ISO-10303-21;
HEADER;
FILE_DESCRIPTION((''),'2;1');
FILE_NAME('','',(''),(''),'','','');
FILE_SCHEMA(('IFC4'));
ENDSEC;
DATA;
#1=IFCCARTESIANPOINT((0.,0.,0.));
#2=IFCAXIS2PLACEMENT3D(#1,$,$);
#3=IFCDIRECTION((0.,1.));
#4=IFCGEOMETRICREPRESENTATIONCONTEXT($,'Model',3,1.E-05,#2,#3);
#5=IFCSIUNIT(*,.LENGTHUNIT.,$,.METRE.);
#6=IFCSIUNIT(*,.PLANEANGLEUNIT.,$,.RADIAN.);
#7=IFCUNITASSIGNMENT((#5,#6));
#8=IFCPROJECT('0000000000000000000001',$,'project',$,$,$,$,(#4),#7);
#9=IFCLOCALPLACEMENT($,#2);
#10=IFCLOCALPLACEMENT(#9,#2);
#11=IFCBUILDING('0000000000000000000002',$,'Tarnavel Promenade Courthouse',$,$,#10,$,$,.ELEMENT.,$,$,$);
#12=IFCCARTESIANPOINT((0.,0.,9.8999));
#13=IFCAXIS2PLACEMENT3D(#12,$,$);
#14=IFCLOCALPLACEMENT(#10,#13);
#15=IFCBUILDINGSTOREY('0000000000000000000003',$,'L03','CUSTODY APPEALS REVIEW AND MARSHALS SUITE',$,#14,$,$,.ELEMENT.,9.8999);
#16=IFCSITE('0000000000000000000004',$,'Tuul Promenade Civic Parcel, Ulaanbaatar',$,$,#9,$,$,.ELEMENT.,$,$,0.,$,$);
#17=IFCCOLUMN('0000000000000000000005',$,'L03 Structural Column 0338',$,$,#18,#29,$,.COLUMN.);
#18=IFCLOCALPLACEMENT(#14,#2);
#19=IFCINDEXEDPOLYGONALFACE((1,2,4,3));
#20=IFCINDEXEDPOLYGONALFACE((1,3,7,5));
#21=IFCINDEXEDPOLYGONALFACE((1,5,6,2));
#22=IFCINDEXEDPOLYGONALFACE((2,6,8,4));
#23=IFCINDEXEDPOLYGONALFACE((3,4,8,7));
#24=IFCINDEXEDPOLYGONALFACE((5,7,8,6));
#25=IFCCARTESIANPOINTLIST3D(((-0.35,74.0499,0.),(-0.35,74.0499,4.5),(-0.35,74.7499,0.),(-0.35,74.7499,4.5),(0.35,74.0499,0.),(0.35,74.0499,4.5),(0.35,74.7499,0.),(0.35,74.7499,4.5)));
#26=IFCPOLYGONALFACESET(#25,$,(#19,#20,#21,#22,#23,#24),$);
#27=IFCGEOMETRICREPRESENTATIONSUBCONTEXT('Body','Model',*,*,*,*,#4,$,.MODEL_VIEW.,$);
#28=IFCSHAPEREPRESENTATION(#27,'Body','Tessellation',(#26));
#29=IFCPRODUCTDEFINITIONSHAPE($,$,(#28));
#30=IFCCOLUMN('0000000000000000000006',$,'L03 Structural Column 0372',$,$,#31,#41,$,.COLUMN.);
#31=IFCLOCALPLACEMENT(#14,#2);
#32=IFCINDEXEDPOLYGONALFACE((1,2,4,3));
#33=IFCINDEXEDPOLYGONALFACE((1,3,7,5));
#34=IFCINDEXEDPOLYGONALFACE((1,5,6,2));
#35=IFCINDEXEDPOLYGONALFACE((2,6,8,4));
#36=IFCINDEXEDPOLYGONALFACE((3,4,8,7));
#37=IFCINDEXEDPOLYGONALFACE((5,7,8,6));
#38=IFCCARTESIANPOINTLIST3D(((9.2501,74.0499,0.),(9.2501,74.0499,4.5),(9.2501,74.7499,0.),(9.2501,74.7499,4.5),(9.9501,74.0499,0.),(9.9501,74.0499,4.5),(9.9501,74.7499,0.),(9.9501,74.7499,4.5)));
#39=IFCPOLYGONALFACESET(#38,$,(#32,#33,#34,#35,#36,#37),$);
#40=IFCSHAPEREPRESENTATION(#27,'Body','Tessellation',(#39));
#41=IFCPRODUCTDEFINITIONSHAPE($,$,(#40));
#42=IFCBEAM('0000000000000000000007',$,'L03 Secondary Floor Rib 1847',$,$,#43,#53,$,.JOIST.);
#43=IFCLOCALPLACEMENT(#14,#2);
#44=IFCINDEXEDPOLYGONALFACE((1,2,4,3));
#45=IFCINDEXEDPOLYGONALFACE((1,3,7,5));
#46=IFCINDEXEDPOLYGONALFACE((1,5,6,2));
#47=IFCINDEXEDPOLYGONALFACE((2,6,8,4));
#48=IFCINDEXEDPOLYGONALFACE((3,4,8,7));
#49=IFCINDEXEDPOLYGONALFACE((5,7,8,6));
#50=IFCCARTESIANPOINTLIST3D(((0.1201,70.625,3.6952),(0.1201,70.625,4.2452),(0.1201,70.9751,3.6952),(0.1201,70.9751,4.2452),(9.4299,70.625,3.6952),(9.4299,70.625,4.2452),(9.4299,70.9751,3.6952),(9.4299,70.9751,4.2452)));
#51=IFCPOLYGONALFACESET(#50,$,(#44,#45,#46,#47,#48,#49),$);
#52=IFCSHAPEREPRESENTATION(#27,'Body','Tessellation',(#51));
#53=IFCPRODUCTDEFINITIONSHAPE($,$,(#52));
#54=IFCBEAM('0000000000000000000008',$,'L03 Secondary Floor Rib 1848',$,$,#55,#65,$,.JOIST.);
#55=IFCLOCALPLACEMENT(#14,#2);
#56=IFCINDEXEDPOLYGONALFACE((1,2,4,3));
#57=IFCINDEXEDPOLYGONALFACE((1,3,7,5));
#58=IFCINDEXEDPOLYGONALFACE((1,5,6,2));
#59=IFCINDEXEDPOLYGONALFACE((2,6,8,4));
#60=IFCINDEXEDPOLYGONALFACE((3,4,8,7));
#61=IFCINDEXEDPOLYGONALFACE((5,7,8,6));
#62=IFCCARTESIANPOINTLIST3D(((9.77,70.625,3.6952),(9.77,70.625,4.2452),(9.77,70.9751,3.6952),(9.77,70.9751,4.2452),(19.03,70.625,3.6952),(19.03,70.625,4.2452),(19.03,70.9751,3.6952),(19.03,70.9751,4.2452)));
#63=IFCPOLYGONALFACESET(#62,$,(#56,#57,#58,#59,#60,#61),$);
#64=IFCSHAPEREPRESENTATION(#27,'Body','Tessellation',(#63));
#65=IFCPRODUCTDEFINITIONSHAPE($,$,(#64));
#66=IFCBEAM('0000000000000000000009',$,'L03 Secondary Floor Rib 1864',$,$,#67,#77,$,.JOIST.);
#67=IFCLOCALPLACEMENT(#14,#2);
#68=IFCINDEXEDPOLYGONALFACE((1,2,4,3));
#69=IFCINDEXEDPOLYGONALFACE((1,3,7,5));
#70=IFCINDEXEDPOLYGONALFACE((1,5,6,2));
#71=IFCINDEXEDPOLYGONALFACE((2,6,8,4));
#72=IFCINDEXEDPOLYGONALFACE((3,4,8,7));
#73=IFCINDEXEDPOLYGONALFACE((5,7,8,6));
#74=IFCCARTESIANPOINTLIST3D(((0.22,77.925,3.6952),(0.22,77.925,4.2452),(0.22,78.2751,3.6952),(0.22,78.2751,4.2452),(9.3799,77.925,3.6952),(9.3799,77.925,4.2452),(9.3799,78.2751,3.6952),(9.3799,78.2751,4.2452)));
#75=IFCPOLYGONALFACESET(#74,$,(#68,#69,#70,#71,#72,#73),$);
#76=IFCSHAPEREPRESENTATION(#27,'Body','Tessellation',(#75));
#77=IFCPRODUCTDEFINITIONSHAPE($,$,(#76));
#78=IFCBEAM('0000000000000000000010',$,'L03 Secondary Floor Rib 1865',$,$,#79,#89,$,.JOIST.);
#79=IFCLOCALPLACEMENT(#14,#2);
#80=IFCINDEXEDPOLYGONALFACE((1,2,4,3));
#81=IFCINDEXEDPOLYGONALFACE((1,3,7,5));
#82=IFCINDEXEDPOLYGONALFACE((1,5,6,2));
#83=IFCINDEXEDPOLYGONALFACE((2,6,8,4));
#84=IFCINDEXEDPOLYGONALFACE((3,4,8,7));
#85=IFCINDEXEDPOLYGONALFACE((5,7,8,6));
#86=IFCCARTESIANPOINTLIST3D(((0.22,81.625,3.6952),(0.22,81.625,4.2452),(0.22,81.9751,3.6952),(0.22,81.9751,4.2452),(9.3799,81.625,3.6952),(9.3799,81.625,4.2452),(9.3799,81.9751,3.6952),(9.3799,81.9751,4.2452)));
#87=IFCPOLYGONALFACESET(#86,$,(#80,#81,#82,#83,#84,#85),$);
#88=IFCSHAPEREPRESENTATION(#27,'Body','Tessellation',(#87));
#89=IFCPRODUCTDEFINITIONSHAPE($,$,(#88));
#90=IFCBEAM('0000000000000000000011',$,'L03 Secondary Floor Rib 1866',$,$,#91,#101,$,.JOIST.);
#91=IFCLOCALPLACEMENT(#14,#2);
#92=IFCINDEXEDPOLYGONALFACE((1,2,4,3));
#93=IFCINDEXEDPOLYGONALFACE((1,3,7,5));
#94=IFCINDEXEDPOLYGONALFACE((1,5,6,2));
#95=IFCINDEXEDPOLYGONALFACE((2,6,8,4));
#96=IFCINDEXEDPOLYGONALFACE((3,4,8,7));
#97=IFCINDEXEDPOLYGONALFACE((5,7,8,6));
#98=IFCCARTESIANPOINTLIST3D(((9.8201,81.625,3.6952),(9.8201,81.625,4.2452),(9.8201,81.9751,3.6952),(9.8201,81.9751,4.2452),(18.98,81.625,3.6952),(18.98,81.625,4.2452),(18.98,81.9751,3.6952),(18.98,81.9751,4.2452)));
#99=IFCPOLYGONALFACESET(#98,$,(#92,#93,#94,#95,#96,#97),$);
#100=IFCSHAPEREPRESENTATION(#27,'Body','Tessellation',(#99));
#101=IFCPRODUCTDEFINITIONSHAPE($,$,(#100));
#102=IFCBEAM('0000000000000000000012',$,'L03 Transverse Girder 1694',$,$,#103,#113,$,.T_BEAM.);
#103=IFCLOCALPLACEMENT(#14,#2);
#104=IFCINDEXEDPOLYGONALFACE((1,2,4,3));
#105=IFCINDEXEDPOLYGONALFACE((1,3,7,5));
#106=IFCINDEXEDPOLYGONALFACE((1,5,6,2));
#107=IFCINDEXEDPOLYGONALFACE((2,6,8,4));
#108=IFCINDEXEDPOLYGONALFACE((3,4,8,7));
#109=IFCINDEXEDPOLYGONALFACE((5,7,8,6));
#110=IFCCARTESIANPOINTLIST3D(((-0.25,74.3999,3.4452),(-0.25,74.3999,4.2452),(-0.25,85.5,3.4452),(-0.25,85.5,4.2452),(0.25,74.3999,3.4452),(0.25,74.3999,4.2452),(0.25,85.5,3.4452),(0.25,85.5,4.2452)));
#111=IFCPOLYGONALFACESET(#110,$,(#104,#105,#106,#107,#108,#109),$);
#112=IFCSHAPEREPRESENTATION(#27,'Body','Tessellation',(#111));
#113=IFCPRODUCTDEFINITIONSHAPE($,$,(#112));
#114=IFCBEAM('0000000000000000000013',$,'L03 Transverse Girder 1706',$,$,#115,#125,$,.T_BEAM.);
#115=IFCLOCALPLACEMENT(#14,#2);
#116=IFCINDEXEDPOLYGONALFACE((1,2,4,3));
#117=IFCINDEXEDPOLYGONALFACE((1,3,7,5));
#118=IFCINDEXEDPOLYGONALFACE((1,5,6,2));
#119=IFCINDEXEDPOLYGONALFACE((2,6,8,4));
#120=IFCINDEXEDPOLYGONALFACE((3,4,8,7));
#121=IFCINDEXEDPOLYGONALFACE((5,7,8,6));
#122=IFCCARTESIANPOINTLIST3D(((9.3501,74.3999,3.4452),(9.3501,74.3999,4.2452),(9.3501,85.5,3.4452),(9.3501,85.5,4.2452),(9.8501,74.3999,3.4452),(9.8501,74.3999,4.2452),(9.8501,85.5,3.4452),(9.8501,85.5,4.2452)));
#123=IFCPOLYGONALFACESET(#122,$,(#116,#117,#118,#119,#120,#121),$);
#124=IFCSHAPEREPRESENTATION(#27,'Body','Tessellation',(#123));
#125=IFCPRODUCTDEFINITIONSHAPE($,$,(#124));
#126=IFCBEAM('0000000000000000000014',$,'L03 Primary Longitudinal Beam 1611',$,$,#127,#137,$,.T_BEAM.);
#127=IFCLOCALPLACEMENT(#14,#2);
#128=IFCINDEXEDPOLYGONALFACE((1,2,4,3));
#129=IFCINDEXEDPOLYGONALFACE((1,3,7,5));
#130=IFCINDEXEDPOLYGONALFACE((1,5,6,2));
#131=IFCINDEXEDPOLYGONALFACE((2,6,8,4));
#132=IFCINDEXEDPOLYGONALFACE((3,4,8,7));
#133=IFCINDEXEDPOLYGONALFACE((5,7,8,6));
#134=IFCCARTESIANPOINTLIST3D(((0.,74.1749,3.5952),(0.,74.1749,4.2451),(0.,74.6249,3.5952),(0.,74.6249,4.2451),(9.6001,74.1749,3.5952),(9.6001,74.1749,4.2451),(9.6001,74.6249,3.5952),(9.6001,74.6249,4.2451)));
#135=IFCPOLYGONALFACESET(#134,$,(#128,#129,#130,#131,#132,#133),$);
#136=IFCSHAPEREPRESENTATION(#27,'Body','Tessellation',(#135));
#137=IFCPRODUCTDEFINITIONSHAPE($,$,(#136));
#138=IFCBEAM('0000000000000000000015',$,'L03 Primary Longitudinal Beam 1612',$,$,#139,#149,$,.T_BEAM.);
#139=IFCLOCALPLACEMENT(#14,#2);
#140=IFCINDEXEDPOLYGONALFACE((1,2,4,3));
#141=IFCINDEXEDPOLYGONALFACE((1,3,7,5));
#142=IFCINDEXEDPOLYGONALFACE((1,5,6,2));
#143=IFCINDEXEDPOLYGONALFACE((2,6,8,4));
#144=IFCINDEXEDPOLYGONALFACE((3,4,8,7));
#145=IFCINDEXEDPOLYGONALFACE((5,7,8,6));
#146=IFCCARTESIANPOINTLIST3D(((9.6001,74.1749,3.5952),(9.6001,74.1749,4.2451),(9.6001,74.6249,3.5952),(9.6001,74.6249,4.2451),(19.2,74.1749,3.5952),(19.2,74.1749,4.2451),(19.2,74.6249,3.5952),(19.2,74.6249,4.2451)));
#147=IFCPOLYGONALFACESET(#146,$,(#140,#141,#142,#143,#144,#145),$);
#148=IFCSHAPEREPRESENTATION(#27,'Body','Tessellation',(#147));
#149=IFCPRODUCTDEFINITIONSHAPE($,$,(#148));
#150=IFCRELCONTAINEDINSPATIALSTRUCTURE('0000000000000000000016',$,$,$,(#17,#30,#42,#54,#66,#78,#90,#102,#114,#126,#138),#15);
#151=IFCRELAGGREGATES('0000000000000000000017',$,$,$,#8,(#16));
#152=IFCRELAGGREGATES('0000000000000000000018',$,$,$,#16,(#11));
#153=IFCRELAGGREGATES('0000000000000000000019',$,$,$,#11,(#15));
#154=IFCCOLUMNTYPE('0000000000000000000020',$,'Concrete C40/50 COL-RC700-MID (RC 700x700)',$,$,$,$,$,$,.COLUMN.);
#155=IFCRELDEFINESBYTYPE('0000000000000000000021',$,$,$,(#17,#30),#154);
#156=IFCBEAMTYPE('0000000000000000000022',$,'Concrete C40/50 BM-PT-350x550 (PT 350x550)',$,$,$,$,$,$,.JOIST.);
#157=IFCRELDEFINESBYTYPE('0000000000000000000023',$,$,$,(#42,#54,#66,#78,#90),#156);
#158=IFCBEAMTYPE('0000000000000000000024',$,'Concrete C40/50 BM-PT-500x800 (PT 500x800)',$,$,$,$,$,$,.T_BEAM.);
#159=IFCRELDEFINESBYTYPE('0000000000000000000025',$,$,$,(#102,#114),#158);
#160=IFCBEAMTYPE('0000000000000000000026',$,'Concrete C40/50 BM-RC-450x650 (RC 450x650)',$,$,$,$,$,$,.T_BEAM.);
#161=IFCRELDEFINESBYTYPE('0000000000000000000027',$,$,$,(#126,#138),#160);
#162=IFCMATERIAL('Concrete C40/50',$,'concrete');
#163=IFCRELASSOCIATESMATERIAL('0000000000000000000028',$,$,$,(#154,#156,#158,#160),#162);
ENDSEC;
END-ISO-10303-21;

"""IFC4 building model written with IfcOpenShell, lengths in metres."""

from ifc_helpers import new_model, si_unit, direction, frame, origin, origin_2d, place, context, subcontext, project, spatial, rectangle, extrude, material, material_profile, profile_set, type_object, element, save


model = new_model("IFC4")

# Units and contexts
model_context = context("Model", 3, precision=1e-05, world=origin(), true_north=direction((0.0, 1.0)))
body_context = subcontext(model_context, "Body", "Model", "MODEL_VIEW")
ifc_project = project(units=[si_unit("LENGTHUNIT", "METRE"), si_unit("PLANEANGLEUNIT", "RADIAN")], contexts=[model_context])

# Site, building, storey
site_placement = place(None, origin())
site = spatial("IfcSite", under=ifc_project, at=site_placement, Name="Tuul Promenade Civic Parcel, Ulaanbaatar", CompositionType="ELEMENT", RefElevation=0.0)
building_placement = place(site_placement, origin())
building = spatial("IfcBuilding", under=site, at=building_placement, Name="Tarnavel Promenade Courthouse", CompositionType="ELEMENT")
storey_placement = place(building_placement, frame((0.0, 0.0, 9.8999)))
storey = spatial("IfcBuildingStorey", under=building, at=storey_placement, Name="L03", Description="CUSTODY APPEALS REVIEW AND MARSHALS SUITE", CompositionType="ELEMENT", Elevation=9.8999)

# Columns
ifc_material_1 = material(Name="Concrete C40/50", Category="concrete")
ifc_material_profile_1 = material_profile(ifc_material_1, rectangle(XDim=0.7, YDim=0.7, at=origin_2d()), Name="RC 700x700")
ifc_profile_set_1 = profile_set([ifc_material_profile_1], Name="Concrete C40/50")
column_type = type_object("IfcColumnType", Name="Concrete C40/50 COL-RC700-MID (RC 700x700)", PredefinedType="COLUMN", material=ifc_profile_set_1)
for number, where, z_axis, x_axis, name in (
    (1, (0.0, 74.3999, 0.0), (0.0, 0.0, 1.0), (1.0, 0.0, 0.0), "L03 Structural Column 0338"),
    (2, (9.6001, 74.3999, 0.0), (0.0, 0.0, 1.0), (1.0, 0.0, 0.0), "L03 Structural Column 0372"),
):
    element("IfcColumn", number, at=place(storey_placement, frame(where, z_axis=z_axis, x_axis=x_axis)), inside=storey, type_object=column_type, Name=name, PredefinedType="COLUMN", context=body_context, shape_type="SweptSolid", body=[
        extrude(rectangle(XDim=0.7, YDim=0.7, at=origin_2d()), origin(), (0.0, 0.0, 1.0), 4.5),
    ])

# Beams
ifc_material_profile_2 = material_profile(ifc_material_1, rectangle(XDim=0.3501, YDim=0.55, at=origin_2d()), Name="PT 350x550")
ifc_profile_set_2 = profile_set([ifc_material_profile_2], Name="Concrete C40/50")
beam_type_1 = type_object("IfcBeamType", Name="Concrete C40/50 BM-PT-350x550 (PT 350x550)", PredefinedType="JOIST", material=ifc_profile_set_2)
beam_1_placement = place(storey_placement, frame((0.1201, 70.8, 3.9702), z_axis=(1.0, 0.0, 0.0), x_axis=(0.0, 1.0, 0.0)))
element("IfcBeam", 3, at=beam_1_placement, inside=storey, type_object=beam_type_1, Name="L03 Secondary Floor Rib 1847", PredefinedType="JOIST", context=body_context, shape_type="SweptSolid", body=[
    extrude(rectangle(XDim=0.3501, YDim=0.55, at=origin_2d()), origin(), (0.0, 0.0, 1.0), 9.3098),
])
beam_2_placement = place(storey_placement, frame((9.77, 70.8, 3.9702), z_axis=(1.0, 0.0, 0.0), x_axis=(0.0, 1.0, 0.0)))
element("IfcBeam", 4, at=beam_2_placement, inside=storey, type_object=beam_type_1, Name="L03 Secondary Floor Rib 1848", PredefinedType="JOIST", context=body_context, shape_type="SweptSolid", body=[
    extrude(rectangle(XDim=0.3501, YDim=0.55, at=origin_2d()), origin(), (0.0, 0.0, 1.0), 9.26),
])
for number, where, z_axis, x_axis, name in (
    (5, (0.22, 78.1001, 3.9702), (1.0, 0.0, 0.0), (0.0, 1.0, 0.0), "L03 Secondary Floor Rib 1864"),
    (6, (0.22, 81.8, 3.9702), (1.0, 0.0, 0.0), (0.0, 1.0, 0.0), "L03 Secondary Floor Rib 1865"),
    (7, (9.8201, 81.8, 3.9702), (1.0, 0.0, 0.0), (0.0, 1.0, 0.0), "L03 Secondary Floor Rib 1866"),
):
    element("IfcBeam", number, at=place(storey_placement, frame(where, z_axis=z_axis, x_axis=x_axis)), inside=storey, type_object=beam_type_1, Name=name, PredefinedType="JOIST", context=body_context, shape_type="SweptSolid", body=[
        extrude(rectangle(XDim=0.3501, YDim=0.55, at=origin_2d()), origin(), (0.0, 0.0, 1.0), 9.1599),
    ])
ifc_material_profile_3 = material_profile(ifc_material_1, rectangle(XDim=0.5, YDim=0.8, at=origin_2d()), Name="PT 500x800")
ifc_profile_set_3 = profile_set([ifc_material_profile_3], Name="Concrete C40/50")
beam_type_2 = type_object("IfcBeamType", Name="Concrete C40/50 BM-PT-500x800 (PT 500x800)", PredefinedType="T_BEAM", material=ifc_profile_set_3)
for number, where, z_axis, x_axis, name in (
    (8, (0.0, 74.3999, 3.8452), (0.0, 1.0, 0.0), (-1.0, 0.0, 0.0), "L03 Transverse Girder 1694"),
    (9, (9.6001, 74.3999, 3.8452), (0.0, 1.0, 0.0), (-1.0, 0.0, 0.0), "L03 Transverse Girder 1706"),
):
    element("IfcBeam", number, at=place(storey_placement, frame(where, z_axis=z_axis, x_axis=x_axis)), inside=storey, type_object=beam_type_2, Name=name, PredefinedType="T_BEAM", context=body_context, shape_type="SweptSolid", body=[
        extrude(rectangle(XDim=0.5, YDim=0.8, at=origin_2d()), origin(), (0.0, 0.0, 1.0), 11.1001),
    ])
ifc_material_profile_4 = material_profile(ifc_material_1, rectangle(XDim=0.45, YDim=0.6499, at=origin_2d()), Name="RC 450x650")
ifc_profile_set_4 = profile_set([ifc_material_profile_4], Name="Concrete C40/50")
beam_type_3 = type_object("IfcBeamType", Name="Concrete C40/50 BM-RC-450x650 (RC 450x650)", PredefinedType="T_BEAM", material=ifc_profile_set_4)
beam_3_placement = place(storey_placement, frame((0.0, 74.3999, 3.9202), z_axis=(1.0, 0.0, 0.0), x_axis=(0.0, 1.0, 0.0)))
element("IfcBeam", 10, at=beam_3_placement, inside=storey, type_object=beam_type_3, Name="L03 Primary Longitudinal Beam 1611", PredefinedType="T_BEAM", context=body_context, shape_type="SweptSolid", body=[
    extrude(rectangle(XDim=0.45, YDim=0.6499, at=origin_2d()), origin(), (0.0, 0.0, 1.0), 9.6001),
])
beam_4_placement = place(storey_placement, frame((9.6001, 74.3999, 3.9202), z_axis=(1.0, 0.0, 0.0), x_axis=(0.0, 1.0, 0.0)))
element("IfcBeam", 11, at=beam_4_placement, inside=storey, type_object=beam_type_3, Name="L03 Primary Longitudinal Beam 1612", PredefinedType="T_BEAM", context=body_context, shape_type="SweptSolid", body=[
    extrude(rectangle(XDim=0.45, YDim=0.6499, at=origin_2d()), origin(), (0.0, 0.0, 1.0), 9.5999),
])

save(model, "model.ifc")
